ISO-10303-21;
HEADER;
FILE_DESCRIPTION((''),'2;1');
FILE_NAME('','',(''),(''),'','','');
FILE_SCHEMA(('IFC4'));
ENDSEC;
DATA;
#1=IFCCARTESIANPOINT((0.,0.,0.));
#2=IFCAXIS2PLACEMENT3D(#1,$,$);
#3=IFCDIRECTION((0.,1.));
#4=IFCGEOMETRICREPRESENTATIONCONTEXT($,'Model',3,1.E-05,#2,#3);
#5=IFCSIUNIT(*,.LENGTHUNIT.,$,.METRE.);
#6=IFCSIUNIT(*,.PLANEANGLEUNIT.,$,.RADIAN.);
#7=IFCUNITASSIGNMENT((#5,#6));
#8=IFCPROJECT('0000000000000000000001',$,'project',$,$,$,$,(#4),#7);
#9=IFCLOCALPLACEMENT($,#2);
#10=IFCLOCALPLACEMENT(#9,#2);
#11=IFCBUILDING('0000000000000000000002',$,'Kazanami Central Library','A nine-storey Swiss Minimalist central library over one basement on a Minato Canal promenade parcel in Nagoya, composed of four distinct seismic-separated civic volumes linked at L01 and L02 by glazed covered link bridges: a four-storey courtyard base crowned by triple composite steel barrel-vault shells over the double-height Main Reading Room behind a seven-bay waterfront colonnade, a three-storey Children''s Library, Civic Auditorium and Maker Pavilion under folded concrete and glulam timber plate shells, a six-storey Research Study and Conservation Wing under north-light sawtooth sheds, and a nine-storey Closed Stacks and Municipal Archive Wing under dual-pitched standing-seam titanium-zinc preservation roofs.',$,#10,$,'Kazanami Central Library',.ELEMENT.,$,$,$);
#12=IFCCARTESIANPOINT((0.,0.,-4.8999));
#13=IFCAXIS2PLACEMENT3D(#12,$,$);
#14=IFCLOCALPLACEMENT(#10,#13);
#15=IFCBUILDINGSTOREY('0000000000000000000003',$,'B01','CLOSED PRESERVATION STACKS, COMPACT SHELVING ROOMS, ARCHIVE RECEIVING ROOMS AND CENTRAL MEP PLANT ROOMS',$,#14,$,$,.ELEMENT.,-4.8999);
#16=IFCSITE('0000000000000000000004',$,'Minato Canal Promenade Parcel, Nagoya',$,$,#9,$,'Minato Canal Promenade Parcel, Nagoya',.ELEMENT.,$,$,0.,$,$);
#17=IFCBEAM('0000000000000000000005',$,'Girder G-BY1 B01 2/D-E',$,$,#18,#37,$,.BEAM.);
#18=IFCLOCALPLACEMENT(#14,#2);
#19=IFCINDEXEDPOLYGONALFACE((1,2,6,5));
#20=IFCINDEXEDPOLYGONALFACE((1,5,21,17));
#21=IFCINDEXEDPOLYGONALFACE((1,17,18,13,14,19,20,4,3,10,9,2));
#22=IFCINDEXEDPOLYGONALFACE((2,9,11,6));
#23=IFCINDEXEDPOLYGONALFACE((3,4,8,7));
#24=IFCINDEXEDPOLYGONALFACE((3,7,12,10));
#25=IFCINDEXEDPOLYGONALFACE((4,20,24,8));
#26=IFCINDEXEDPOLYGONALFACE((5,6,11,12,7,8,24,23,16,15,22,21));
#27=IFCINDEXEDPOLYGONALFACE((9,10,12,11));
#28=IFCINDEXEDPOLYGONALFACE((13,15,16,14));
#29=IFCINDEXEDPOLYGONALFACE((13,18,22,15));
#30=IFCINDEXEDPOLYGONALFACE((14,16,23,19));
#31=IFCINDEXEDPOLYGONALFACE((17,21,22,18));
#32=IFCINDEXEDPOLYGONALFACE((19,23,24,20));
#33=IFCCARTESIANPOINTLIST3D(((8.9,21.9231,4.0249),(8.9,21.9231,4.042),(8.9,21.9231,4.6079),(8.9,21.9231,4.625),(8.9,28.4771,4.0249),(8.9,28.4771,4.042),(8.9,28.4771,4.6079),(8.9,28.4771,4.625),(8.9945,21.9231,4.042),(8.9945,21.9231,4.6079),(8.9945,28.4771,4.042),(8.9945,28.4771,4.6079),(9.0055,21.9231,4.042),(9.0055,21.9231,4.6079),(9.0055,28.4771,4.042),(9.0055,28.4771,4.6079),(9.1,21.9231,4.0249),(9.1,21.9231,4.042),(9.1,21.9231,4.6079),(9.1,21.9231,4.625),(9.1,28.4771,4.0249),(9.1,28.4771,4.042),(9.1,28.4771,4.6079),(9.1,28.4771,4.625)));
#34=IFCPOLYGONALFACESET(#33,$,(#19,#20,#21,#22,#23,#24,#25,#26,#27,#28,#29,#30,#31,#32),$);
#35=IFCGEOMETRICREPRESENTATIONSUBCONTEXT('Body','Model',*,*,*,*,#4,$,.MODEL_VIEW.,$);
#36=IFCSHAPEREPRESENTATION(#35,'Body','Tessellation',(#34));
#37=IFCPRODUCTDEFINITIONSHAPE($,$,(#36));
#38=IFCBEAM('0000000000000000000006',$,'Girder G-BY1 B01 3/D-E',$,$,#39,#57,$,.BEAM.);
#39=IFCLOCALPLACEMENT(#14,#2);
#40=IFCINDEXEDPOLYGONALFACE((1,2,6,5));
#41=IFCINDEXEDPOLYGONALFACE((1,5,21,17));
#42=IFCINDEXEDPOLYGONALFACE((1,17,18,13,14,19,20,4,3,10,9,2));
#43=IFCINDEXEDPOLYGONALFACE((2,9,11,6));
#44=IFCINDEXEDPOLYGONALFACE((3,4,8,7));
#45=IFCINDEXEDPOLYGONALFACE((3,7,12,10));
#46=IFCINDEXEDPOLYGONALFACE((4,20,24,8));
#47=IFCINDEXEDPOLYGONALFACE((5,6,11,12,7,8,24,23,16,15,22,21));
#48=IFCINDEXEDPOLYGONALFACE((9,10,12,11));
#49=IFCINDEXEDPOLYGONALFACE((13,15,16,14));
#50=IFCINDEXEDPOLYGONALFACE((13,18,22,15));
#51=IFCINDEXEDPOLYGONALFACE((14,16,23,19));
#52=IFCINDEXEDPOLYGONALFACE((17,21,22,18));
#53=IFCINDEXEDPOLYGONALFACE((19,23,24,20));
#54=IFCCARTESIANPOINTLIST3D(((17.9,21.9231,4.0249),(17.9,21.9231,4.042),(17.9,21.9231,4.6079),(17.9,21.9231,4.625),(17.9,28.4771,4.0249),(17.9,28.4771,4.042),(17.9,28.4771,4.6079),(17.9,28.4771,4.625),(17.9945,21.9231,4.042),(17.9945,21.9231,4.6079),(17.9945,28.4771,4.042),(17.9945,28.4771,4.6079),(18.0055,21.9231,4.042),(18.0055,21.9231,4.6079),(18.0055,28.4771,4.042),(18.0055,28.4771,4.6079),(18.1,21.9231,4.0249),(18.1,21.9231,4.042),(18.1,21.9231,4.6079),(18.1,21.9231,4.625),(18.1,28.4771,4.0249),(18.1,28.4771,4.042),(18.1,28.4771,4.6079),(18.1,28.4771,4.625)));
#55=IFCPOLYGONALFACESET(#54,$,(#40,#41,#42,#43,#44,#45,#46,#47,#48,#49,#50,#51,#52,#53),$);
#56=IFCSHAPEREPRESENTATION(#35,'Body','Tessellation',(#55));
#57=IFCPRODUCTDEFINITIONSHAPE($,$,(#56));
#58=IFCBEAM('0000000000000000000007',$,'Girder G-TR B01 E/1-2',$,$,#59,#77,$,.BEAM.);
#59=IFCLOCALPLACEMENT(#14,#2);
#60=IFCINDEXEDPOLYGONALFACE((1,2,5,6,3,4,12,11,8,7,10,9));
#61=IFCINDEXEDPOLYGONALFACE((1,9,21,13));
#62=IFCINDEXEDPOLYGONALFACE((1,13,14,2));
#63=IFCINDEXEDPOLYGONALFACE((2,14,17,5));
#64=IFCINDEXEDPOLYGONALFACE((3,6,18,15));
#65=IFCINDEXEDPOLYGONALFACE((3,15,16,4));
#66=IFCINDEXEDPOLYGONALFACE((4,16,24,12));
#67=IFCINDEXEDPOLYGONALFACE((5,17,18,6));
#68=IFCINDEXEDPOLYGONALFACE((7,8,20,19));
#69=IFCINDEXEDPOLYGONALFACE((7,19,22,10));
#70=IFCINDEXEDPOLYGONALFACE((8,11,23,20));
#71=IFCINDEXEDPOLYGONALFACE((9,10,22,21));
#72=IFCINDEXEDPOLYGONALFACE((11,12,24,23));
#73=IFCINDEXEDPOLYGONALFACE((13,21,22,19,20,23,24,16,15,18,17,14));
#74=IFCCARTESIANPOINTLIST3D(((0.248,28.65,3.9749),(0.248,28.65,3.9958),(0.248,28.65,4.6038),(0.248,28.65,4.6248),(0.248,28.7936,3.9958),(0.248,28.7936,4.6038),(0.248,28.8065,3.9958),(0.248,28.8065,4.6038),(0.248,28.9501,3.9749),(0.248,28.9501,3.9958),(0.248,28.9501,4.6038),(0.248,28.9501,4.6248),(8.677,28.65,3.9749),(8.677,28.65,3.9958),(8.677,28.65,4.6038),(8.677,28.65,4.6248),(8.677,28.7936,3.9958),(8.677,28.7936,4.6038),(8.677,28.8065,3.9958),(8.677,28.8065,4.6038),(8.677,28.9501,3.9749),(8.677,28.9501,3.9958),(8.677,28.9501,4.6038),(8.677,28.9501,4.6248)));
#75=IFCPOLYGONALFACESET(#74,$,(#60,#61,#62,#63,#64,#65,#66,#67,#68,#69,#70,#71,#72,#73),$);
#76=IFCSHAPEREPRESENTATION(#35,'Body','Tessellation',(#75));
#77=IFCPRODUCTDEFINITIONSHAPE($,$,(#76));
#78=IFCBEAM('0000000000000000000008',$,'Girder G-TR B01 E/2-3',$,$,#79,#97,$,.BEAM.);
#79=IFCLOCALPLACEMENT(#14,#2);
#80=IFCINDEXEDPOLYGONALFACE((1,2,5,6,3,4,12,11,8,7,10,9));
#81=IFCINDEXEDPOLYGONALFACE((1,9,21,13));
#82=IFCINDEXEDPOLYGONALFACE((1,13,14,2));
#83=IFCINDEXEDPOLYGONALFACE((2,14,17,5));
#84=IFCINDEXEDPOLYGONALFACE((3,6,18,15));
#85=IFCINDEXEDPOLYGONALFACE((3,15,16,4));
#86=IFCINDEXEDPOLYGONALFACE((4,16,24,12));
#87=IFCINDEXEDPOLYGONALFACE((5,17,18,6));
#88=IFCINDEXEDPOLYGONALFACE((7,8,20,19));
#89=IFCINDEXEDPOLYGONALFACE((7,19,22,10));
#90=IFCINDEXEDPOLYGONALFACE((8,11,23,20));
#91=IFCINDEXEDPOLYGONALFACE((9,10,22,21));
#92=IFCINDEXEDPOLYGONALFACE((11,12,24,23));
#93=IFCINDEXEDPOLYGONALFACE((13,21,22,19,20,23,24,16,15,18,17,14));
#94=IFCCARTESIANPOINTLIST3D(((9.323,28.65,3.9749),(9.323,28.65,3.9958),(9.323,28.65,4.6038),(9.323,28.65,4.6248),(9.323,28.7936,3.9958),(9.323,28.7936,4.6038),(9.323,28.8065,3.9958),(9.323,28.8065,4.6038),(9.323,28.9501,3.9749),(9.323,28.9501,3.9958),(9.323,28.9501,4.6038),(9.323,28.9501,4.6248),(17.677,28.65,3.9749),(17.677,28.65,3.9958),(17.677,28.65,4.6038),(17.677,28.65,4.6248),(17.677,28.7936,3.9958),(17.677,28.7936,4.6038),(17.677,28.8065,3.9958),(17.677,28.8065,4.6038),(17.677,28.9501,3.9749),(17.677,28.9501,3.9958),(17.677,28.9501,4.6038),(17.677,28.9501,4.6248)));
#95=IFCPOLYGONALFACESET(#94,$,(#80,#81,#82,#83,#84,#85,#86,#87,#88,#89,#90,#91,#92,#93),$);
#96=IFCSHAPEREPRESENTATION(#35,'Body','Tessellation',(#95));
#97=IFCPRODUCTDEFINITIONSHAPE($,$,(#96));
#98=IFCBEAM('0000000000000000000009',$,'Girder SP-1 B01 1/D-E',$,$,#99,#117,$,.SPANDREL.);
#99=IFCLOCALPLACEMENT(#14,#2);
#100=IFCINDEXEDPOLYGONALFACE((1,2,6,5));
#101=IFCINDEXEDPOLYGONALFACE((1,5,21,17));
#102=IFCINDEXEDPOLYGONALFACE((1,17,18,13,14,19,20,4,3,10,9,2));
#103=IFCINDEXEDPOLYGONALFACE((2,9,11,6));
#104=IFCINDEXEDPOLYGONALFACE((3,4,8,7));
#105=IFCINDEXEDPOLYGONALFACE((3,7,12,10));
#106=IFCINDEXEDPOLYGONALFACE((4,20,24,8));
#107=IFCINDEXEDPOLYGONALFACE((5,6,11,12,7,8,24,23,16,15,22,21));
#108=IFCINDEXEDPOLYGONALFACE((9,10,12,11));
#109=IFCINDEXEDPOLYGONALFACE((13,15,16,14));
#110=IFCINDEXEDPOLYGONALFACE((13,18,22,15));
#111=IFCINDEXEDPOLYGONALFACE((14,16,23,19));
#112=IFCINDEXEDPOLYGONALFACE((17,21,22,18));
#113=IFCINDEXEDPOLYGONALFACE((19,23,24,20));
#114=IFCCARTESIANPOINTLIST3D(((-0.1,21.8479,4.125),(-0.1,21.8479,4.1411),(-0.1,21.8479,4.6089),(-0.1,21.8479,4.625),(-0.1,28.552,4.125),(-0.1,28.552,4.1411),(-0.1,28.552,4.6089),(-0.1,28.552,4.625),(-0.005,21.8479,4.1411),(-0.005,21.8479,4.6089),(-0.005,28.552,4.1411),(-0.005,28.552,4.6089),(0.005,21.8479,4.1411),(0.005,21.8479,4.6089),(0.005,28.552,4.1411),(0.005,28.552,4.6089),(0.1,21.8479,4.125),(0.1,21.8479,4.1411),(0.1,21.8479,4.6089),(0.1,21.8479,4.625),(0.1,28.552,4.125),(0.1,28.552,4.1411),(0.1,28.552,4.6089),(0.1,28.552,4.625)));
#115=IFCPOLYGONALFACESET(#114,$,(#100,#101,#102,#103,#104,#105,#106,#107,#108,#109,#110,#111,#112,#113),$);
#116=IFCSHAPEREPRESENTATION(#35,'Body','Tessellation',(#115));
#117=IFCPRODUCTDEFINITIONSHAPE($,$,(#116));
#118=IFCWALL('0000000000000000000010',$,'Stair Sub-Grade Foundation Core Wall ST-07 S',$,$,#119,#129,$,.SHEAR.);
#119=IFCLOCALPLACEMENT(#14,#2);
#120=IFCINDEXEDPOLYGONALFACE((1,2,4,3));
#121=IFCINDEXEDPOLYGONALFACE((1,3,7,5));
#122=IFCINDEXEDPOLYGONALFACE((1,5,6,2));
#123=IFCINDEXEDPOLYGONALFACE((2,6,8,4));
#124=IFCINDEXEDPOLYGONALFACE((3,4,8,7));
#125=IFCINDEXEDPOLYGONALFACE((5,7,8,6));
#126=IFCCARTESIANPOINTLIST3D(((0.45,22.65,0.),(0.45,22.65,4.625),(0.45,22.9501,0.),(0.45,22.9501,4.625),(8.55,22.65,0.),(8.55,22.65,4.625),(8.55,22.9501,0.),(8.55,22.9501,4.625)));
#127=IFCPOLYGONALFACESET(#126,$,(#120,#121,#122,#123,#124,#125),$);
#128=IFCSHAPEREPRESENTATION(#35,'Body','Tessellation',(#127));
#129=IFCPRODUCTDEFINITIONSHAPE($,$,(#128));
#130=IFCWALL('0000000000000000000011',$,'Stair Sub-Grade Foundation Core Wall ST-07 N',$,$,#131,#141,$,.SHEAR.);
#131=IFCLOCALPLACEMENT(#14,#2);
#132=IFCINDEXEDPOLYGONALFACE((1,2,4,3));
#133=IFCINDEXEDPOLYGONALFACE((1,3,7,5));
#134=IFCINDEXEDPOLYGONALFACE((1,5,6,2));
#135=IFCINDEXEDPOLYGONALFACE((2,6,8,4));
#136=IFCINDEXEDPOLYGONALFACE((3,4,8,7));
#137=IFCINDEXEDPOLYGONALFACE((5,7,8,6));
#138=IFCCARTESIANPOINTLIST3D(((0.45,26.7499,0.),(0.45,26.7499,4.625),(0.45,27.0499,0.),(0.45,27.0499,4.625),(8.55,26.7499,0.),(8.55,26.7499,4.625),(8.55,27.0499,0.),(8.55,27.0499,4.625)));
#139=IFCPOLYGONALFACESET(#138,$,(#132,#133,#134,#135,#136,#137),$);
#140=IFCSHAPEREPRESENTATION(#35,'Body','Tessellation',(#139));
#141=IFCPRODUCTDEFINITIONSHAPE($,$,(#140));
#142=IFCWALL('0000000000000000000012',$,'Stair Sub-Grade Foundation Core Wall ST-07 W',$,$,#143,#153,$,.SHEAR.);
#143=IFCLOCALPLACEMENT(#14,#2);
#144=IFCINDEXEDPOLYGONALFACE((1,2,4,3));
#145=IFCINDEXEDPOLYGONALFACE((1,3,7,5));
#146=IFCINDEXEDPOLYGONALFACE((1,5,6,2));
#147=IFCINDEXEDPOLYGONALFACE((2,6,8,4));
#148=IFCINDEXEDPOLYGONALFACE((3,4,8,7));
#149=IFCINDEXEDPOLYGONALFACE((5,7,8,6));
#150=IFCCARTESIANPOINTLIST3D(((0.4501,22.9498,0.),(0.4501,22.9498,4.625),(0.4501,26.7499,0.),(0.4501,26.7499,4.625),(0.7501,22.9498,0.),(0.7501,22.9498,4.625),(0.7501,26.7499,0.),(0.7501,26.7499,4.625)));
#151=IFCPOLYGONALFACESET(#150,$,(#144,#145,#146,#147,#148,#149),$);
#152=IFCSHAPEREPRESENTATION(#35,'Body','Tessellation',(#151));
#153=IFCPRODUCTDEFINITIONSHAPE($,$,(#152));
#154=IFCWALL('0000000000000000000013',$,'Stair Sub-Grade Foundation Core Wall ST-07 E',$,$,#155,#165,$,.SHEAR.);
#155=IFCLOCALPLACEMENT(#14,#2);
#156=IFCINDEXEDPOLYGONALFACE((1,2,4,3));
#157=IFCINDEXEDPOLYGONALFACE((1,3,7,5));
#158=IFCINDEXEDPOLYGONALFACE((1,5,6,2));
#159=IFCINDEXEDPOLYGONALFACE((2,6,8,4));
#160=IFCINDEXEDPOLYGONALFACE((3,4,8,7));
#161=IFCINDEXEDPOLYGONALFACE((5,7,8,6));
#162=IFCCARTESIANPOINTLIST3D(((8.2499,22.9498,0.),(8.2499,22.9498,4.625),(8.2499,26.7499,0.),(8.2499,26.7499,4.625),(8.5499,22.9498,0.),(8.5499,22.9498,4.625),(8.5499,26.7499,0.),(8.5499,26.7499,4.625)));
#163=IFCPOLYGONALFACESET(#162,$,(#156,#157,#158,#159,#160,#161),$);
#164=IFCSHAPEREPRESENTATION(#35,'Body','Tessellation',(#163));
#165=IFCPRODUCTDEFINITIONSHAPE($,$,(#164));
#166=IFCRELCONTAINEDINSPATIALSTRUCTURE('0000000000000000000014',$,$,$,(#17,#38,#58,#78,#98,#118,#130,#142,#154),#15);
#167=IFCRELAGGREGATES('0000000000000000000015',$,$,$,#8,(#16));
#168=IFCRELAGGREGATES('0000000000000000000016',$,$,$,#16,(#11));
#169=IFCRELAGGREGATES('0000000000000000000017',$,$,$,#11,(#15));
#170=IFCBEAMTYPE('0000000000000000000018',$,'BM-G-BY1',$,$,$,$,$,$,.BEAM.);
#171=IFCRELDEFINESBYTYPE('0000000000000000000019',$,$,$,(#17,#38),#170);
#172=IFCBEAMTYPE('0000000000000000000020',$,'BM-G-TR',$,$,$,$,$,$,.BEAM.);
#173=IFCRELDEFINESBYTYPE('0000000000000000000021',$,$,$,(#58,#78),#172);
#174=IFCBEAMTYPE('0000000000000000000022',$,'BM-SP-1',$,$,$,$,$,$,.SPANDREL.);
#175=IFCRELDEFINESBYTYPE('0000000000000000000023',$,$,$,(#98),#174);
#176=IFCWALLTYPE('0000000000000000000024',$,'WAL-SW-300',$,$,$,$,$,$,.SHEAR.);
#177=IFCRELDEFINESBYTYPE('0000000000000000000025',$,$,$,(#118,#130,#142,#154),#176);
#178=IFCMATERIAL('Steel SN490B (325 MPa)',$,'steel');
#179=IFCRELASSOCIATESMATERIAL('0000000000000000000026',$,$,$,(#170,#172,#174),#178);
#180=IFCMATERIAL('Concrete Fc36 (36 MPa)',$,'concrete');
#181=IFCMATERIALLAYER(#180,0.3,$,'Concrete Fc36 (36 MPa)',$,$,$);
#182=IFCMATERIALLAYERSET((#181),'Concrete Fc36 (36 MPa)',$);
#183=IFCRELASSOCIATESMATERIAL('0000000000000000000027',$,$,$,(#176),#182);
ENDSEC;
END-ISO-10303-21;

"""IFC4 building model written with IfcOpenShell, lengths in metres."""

from ifc_helpers import new_model, si_unit, direction, frame, frame_2d, origin, origin_2d, place, context, subcontext, project, spatial, rectangle, i_section, extrude, material, layer, layer_set, material_profile, profile_set, type_object, element, save


model = new_model("IFC4")

# Units and contexts
model_context = context("Model", 3, precision=1e-05, world=origin(), true_north=direction((0.0, 1.0)))
body_context = subcontext(model_context, "Body", "Model", "MODEL_VIEW")
ifc_project = project(units=[si_unit("LENGTHUNIT", "METRE"), si_unit("PLANEANGLEUNIT", "RADIAN")], contexts=[model_context])

# Site, building, storey
site_placement = place(None, origin())
site = spatial("IfcSite", under=ifc_project, at=site_placement, Name="Minato Canal Promenade Parcel, Nagoya", LongName="Minato Canal Promenade Parcel, Nagoya", CompositionType="ELEMENT", RefElevation=0.0)
building_placement = place(site_placement, origin())
building = spatial("IfcBuilding", under=site, at=building_placement, Name="Kazanami Central Library", Description="A nine-storey Swiss Minimalist central library over one basement on a Minato Canal promenade parcel in Nagoya, composed of four distinct seismic-separated civic volumes linked at L01 and L02 by glazed covered link bridges: a four-storey courtyard base crowned by triple composite steel barrel-vault shells over the double-height Main Reading Room behind a seven-bay waterfront colonnade, a three-storey Children's Library, Civic Auditorium and Maker Pavilion under folded concrete and glulam timber plate shells, a six-storey Research Study and Conservation Wing under north-light sawtooth sheds, and a nine-storey Closed Stacks and Municipal Archive Wing under dual-pitched standing-seam titanium-zinc preservation roofs.", LongName="Kazanami Central Library", CompositionType="ELEMENT")
storey_placement = place(building_placement, frame((0.0, 0.0, -4.8999)))
storey = spatial("IfcBuildingStorey", under=building, at=storey_placement, Name="B01", Description="CLOSED PRESERVATION STACKS, COMPACT SHELVING ROOMS, ARCHIVE RECEIVING ROOMS AND CENTRAL MEP PLANT ROOMS", CompositionType="ELEMENT", Elevation=-4.8999)

# Shared definitions
ifc_material_1 = material(Name="Concrete Fc36 (36 MPa)", Category="concrete")

# Beams
ifc_material_2 = material(Name="Steel SN490B (325 MPa)", Category="steel")
ifc_material_profile_1 = material_profile(ifc_material_2, i_section(OverallWidth=0.2, OverallDepth=0.6001, WebThickness=0.011, FlangeThickness=0.0171, at=origin_2d()), Name="H-600x200x11x17")
ifc_profile_set_1 = profile_set([ifc_material_profile_1], Name="Steel SN490B (325 MPa)")
beam_type_1 = type_object("IfcBeamType", Name="BM-G-BY1", PredefinedType="BEAM", material=ifc_profile_set_1)
for number, where, z_axis, x_axis, name in (
    (1, (9.0, 21.9231, 4.325), (0.0, 1.0, 0.0), (-1.0, 0.0, 0.0), "Girder G-BY1 B01 2/D-E"),
    (2, (18.0, 21.9231, 4.325), (0.0, 1.0, 0.0), (-1.0, 0.0, 0.0), "Girder G-BY1 B01 3/D-E"),
):
    element("IfcBeam", number, at=place(storey_placement, frame(where, z_axis=z_axis, x_axis=x_axis)), inside=storey, type_object=beam_type_1, Name=name, PredefinedType="BEAM", context=body_context, shape_type="SweptSolid", body=[
        extrude(i_section(OverallWidth=0.2, OverallDepth=0.6001, WebThickness=0.011, FlangeThickness=0.0171, at=origin_2d()), origin(), (0.0, 0.0, 1.0), 6.554),
    ])
ifc_material_profile_2 = material_profile(ifc_material_2, i_section(OverallWidth=0.3, OverallDepth=0.6499, WebThickness=0.0129, FlangeThickness=0.021, at=origin_2d()), Name="H-650x300x13x21")
ifc_profile_set_2 = profile_set([ifc_material_profile_2], Name="Steel SN490B (325 MPa)")
beam_type_2 = type_object("IfcBeamType", Name="BM-G-TR", PredefinedType="BEAM", material=ifc_profile_set_2)
beam_1_placement = place(storey_placement, frame((0.248, 28.8, 4.2998), z_axis=(1.0, 0.0, 0.0), x_axis=(0.0, 1.0, 0.0)))
element("IfcBeam", 3, at=beam_1_placement, inside=storey, type_object=beam_type_2, Name="Girder G-TR B01 E/1-2", PredefinedType="BEAM", context=body_context, shape_type="SweptSolid", body=[
    extrude(i_section(OverallWidth=0.3, OverallDepth=0.6499, WebThickness=0.0129, FlangeThickness=0.021, at=origin_2d()), origin(), (0.0, 0.0, 1.0), 8.429),
])
beam_2_placement = place(storey_placement, frame((9.323, 28.8, 4.2998), z_axis=(1.0, 0.0, 0.0), x_axis=(0.0, 1.0, 0.0)))
element("IfcBeam", 4, at=beam_2_placement, inside=storey, type_object=beam_type_2, Name="Girder G-TR B01 E/2-3", PredefinedType="BEAM", context=body_context, shape_type="SweptSolid", body=[
    extrude(i_section(OverallWidth=0.3, OverallDepth=0.6499, WebThickness=0.0129, FlangeThickness=0.021, at=origin_2d()), origin(), (0.0, 0.0, 1.0), 8.354),
])
ifc_material_profile_3 = material_profile(ifc_material_2, i_section(OverallWidth=0.2, OverallDepth=0.5, WebThickness=0.01, FlangeThickness=0.0161, at=origin_2d()), Name="H-500x200x10x16")
ifc_profile_set_3 = profile_set([ifc_material_profile_3], Name="Steel SN490B (325 MPa)")
beam_type_3 = type_object("IfcBeamType", Name="BM-SP-1", PredefinedType="SPANDREL", material=ifc_profile_set_3)
beam_3_placement = place(storey_placement, frame((0.0, 21.8479, 4.375), z_axis=(0.0, 1.0, 0.0), x_axis=(-1.0, 0.0, 0.0)))
element("IfcBeam", 5, at=beam_3_placement, inside=storey, type_object=beam_type_3, Name="Girder SP-1 B01 1/D-E", PredefinedType="SPANDREL", context=body_context, shape_type="SweptSolid", body=[
    extrude(i_section(OverallWidth=0.2, OverallDepth=0.5, WebThickness=0.01, FlangeThickness=0.0161, at=origin_2d()), origin(), (0.0, 0.0, 1.0), 6.7041),
])

# Walls
ifc_layer = layer(ifc_material_1, 0.3, Name="Concrete Fc36 (36 MPa)")
ifc_layer_set = layer_set([ifc_layer], Name="Concrete Fc36 (36 MPa)")
wall_type = type_object("IfcWallType", Name="WAL-SW-300", PredefinedType="SHEAR", material=ifc_layer_set)
for number, where, z_axis, x_axis, name in (
    (6, (0.45, 22.8, 0.0), (0.0, 0.0, 1.0), (1.0, 0.0, 0.0), "Stair Sub-Grade Foundation Core Wall ST-07 S"),
    (7, (0.45, 26.8999, 0.0), (0.0, 0.0, 1.0), (1.0, 0.0, 0.0), "Stair Sub-Grade Foundation Core Wall ST-07 N"),
):
    element("IfcWall", number, at=place(storey_placement, frame(where, z_axis=z_axis, x_axis=x_axis)), inside=storey, type_object=wall_type, Name=name, PredefinedType="SHEAR", context=body_context, shape_type="SweptSolid", body=[
        extrude(rectangle(XDim=8.1001, YDim=0.3, at=frame_2d((4.05, 0.0))), origin(), (0.0, 0.0, 1.0), 4.625),
    ])
for number, where, z_axis, x_axis, name in (
    (8, (0.6001, 22.95, 0.0), (0.0, 0.0, 1.0), (0.0, 1.0, 0.0), "Stair Sub-Grade Foundation Core Wall ST-07 W"),
    (9, (8.3999, 22.95, 0.0), (0.0, 0.0, 1.0), (0.0, 1.0, 0.0), "Stair Sub-Grade Foundation Core Wall ST-07 E"),
):
    element("IfcWall", number, at=place(storey_placement, frame(where, z_axis=z_axis, x_axis=x_axis)), inside=storey, type_object=wall_type, Name=name, PredefinedType="SHEAR", context=body_context, shape_type="SweptSolid", body=[
        extrude(rectangle(XDim=3.8, YDim=0.3, at=frame_2d((1.8999, 0.0))), origin(), (0.0, 0.0, 1.0), 4.625),
    ])

save(model, "model.ifc")
